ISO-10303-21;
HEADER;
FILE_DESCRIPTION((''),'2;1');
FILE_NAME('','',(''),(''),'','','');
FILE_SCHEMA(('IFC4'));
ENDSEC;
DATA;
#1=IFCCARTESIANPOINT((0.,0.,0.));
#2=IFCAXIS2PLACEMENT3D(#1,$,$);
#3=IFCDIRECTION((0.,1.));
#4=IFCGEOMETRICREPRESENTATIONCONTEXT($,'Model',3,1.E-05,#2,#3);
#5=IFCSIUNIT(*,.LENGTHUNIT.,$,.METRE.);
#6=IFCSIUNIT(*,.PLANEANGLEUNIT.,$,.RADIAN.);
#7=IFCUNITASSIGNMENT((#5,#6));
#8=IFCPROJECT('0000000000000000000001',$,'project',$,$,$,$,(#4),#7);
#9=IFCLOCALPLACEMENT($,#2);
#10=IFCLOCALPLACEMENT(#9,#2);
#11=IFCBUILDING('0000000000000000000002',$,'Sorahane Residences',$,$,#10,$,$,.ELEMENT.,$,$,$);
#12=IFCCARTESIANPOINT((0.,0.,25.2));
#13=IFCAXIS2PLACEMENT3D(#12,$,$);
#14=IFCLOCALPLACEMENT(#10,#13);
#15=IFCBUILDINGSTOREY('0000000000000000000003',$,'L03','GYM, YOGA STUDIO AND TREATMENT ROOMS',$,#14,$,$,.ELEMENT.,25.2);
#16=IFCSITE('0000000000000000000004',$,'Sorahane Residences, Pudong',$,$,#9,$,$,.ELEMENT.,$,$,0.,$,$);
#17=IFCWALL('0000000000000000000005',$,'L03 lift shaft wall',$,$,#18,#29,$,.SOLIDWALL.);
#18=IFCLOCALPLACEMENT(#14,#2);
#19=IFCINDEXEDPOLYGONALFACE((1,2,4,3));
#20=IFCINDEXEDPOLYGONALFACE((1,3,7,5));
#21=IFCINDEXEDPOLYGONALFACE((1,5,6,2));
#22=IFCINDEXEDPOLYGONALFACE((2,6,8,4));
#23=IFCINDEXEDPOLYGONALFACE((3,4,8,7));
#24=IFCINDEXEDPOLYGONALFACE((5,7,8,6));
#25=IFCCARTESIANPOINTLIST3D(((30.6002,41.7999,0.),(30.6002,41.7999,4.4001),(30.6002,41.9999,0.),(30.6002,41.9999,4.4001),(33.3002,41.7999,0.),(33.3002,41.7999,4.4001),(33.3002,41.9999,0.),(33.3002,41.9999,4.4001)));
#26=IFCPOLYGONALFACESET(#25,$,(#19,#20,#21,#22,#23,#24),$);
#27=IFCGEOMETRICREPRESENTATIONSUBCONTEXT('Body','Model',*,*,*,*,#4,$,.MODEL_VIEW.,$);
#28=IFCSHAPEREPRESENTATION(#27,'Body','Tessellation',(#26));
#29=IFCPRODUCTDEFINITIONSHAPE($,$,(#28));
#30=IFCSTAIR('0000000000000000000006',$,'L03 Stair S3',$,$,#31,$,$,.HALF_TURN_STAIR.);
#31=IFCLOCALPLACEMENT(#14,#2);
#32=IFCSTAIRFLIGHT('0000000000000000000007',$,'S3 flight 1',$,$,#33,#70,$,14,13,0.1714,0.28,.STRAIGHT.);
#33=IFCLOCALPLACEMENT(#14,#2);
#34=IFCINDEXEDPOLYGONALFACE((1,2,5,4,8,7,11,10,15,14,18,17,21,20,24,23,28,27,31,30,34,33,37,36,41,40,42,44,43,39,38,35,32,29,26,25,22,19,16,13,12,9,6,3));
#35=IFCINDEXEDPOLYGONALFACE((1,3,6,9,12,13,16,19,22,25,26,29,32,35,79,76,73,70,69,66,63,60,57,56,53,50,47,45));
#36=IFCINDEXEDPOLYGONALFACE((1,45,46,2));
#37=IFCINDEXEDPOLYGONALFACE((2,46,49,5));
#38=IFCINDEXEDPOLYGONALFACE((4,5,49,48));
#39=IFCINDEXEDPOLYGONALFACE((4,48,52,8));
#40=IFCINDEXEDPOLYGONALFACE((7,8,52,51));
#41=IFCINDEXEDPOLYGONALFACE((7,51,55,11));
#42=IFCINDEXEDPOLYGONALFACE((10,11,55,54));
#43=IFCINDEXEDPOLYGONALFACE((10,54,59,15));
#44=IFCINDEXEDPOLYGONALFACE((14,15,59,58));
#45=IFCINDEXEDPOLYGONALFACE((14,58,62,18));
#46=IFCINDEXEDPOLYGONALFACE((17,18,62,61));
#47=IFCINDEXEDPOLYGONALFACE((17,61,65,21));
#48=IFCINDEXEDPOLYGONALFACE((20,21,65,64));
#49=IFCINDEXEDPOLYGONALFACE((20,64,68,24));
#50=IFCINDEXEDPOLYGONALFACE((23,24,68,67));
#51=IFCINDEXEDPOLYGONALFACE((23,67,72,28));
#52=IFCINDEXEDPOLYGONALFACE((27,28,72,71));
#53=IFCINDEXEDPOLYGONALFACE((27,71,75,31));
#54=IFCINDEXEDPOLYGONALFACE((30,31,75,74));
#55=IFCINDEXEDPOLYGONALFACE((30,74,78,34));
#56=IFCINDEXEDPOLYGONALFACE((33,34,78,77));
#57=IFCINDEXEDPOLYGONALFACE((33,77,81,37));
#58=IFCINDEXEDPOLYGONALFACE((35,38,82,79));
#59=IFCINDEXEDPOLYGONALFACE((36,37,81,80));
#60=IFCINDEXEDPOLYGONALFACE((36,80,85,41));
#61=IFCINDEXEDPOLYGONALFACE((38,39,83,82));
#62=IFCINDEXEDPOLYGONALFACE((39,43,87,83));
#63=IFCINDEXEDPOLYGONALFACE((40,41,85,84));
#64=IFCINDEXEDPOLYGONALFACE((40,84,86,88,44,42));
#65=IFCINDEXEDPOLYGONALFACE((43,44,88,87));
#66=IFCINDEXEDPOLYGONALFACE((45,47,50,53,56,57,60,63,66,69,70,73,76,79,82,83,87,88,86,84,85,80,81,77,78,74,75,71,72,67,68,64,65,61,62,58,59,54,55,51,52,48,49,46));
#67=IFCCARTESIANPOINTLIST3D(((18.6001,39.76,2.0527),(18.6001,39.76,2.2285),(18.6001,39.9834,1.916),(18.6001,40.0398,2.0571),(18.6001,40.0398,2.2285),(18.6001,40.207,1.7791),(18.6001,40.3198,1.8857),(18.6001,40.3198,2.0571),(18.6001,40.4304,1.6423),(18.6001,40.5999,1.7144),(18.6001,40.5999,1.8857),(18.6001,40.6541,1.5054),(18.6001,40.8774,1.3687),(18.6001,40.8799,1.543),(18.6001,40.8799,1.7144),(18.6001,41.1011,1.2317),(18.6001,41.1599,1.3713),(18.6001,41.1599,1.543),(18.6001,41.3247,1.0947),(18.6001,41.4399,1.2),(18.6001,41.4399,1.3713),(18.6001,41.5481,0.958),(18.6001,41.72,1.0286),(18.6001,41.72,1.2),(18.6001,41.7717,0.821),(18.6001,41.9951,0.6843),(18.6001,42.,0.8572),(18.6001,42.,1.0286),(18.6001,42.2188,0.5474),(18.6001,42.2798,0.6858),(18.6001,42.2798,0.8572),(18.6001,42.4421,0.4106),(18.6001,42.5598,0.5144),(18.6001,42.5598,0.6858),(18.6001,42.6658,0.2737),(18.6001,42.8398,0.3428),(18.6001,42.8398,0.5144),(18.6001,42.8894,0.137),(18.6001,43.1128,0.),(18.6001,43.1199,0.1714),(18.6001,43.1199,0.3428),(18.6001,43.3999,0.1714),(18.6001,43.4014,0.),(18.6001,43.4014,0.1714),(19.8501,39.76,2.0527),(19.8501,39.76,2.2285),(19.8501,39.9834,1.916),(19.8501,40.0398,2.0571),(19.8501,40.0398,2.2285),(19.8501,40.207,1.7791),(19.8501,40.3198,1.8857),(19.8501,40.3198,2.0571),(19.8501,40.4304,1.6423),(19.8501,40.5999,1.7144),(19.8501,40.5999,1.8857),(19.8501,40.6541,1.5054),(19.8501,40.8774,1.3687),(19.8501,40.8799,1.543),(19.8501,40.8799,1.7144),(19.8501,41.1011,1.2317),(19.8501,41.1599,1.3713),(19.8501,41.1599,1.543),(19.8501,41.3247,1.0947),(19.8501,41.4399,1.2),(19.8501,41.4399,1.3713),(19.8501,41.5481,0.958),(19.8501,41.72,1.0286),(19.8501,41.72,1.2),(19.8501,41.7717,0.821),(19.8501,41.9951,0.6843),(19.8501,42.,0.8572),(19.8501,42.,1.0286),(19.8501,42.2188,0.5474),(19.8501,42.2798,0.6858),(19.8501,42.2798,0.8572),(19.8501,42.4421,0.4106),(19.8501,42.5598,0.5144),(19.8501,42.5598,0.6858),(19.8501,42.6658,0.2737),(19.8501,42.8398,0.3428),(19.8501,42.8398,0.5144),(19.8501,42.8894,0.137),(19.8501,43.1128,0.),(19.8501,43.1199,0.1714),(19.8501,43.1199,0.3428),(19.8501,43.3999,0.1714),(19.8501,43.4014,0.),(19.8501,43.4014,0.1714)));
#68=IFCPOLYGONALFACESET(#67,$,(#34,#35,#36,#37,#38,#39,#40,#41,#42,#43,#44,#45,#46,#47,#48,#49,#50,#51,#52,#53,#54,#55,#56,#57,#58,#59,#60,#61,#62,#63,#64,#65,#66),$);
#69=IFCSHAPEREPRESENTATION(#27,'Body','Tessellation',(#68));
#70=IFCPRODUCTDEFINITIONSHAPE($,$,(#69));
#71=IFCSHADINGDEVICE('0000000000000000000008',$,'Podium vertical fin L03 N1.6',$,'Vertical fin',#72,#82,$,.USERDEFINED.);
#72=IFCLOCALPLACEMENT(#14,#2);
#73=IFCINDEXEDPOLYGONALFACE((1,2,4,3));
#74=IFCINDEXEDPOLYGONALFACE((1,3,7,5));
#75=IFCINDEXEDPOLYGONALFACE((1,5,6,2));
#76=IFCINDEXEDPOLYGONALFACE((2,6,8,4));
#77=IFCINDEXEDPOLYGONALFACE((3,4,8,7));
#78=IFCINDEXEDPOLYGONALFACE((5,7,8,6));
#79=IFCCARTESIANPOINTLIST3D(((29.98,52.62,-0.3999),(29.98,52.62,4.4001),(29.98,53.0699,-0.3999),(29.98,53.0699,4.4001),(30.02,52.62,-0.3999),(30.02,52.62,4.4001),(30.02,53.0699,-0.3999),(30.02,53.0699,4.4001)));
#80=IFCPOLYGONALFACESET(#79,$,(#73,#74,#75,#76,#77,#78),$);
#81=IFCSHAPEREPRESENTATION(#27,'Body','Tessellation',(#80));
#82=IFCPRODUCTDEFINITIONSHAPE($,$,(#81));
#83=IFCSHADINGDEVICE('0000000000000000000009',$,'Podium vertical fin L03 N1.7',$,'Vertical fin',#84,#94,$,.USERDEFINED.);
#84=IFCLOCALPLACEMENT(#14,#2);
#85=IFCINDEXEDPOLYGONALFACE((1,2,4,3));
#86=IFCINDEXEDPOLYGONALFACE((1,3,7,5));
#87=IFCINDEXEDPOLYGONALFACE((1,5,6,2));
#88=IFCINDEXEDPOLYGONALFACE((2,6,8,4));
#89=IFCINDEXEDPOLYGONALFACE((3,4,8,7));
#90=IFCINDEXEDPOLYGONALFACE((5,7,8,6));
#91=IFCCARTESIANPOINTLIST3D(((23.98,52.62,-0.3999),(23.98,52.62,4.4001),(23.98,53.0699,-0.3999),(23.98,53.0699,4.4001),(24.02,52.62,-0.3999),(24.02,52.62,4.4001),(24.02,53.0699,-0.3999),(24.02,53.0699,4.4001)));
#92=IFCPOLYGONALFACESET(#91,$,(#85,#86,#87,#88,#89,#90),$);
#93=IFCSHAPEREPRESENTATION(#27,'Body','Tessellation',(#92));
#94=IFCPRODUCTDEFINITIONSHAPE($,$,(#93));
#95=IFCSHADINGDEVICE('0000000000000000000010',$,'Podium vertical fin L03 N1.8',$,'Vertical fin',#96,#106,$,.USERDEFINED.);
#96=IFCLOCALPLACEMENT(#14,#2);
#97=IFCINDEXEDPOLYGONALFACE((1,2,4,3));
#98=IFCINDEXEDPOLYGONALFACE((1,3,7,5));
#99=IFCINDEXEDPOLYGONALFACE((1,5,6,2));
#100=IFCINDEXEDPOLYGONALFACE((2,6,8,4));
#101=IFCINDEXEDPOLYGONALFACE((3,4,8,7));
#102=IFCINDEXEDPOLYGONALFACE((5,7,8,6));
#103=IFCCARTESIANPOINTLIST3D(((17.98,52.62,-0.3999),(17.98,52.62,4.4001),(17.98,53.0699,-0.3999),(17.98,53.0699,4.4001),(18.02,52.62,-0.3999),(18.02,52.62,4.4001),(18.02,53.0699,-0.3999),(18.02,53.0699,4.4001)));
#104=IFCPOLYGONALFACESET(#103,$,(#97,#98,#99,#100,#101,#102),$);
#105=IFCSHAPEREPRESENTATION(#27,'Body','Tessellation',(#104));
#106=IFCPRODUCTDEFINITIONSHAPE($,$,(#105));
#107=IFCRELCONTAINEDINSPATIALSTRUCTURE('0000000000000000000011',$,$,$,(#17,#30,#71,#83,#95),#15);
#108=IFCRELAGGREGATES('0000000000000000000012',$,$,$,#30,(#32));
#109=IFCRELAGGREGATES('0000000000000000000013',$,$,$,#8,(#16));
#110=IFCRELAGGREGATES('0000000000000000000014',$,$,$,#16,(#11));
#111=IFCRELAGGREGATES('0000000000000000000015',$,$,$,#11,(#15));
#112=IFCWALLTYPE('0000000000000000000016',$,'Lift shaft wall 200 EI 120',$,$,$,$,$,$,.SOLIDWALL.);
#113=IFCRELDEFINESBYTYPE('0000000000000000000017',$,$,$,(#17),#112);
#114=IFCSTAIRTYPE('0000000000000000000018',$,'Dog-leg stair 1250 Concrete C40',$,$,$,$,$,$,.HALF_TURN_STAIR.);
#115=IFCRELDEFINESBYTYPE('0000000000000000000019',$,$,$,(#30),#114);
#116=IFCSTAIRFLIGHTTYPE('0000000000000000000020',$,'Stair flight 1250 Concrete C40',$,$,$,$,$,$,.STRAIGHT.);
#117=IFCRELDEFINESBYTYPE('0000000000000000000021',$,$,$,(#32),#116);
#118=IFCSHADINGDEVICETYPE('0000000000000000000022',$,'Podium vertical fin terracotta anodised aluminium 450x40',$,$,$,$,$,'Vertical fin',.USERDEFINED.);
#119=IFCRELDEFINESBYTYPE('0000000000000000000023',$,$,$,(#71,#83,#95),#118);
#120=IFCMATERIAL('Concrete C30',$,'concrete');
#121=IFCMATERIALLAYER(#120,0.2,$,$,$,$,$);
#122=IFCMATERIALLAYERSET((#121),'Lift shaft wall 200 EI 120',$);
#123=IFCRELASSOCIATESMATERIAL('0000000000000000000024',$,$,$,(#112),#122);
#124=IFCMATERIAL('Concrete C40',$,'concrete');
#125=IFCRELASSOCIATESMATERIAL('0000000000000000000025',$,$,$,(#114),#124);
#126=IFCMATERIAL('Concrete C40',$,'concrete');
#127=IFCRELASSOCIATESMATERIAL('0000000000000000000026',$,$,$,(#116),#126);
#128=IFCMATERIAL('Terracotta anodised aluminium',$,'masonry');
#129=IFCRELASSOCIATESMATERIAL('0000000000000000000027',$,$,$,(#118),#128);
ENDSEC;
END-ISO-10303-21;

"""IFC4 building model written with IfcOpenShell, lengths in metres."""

from ifc_helpers import new_model, si_unit, direction, frame, frame_2d, origin, origin_2d, place, context, subcontext, project, spatial, polyline, rectangle, outline, extrude, material, layer, layer_set, material_profile, profile_set, type_object, element, aggregate, save


model = new_model("IFC4")

# Units and contexts
model_context = context("Model", 3, precision=1e-05, world=origin(), true_north=direction((0.0, 1.0)))
body_context = subcontext(model_context, "Body", "Model", "MODEL_VIEW")
ifc_project = project(units=[si_unit("LENGTHUNIT", "METRE"), si_unit("PLANEANGLEUNIT", "RADIAN")], contexts=[model_context])

# Site, building, storey
site_placement = place(None, origin())
site = spatial("IfcSite", under=ifc_project, at=site_placement, Name="Sorahane Residences, Pudong", CompositionType="ELEMENT", RefElevation=0.0)
building_placement = place(site_placement, origin())
building = spatial("IfcBuilding", under=site, at=building_placement, Name="Sorahane Residences", CompositionType="ELEMENT")
storey_placement = place(building_placement, frame((0.0, 0.0, 25.2)))
storey = spatial("IfcBuildingStorey", under=building, at=storey_placement, Name="L03", Description="GYM, YOGA STUDIO AND TREATMENT ROOMS", CompositionType="ELEMENT", Elevation=25.2)

# Wall
ifc_material_1 = material(Name="Concrete C30", Category="concrete")
ifc_layer_1 = layer(ifc_material_1, 0.2)
ifc_layer_set_1 = layer_set([ifc_layer_1], Name="Lift shaft wall 200 EI 120")
wall_type = type_object("IfcWallType", Name="Lift shaft wall 200 EI 120", PredefinedType="SOLIDWALL", material=ifc_layer_set_1)
wall_placement = place(storey_placement, frame((30.6001, 41.8999, 0.0), z_axis=(0.0, 0.0, 1.0), x_axis=(1.0, 0.0, 0.0)))
element("IfcWall", 1, at=wall_placement, inside=storey, type_object=wall_type, Name="L03 lift shaft wall", PredefinedType="SOLIDWALL", context=body_context, shape_type="SweptSolid", body=[
    extrude(rectangle(XDim=2.7, YDim=0.2, at=frame_2d((1.3501, 0.0))), origin(), (0.0, 0.0, 1.0), 4.4001),
])

# Stair, stair flight
ifc_material_2 = material(Name="Concrete C40", Category="concrete")
stair_type = type_object("IfcStairType", Name="Dog-leg stair 1250 Concrete C40", PredefinedType="HALF_TURN_STAIR", material=ifc_material_2)
stair_placement = place(storey_placement, origin())
stair = element("IfcStair", 2, at=stair_placement, inside=storey, type_object=stair_type, Name="L03 Stair S3", PredefinedType="HALF_TURN_STAIR")
ifc_material_3 = material(Name="Concrete C40", Category="concrete")
stair_flight_type = type_object("IfcStairFlightType", Name="Stair flight 1250 Concrete C40", PredefinedType="STRAIGHT", material=ifc_material_3)
stair_flight_placement = place(storey_placement, frame((19.2251, 43.3999, 0.0), z_axis=(0.0, 0.0, 1.0), x_axis=(0.0, -1.0, 0.0)))
stair_flight = element("IfcStairFlight", 3, at=stair_flight_placement, type_object=stair_flight_type, Name="S3 flight 1", NumberOfRisers=14, NumberOfTreads=13, PredefinedType="STRAIGHT", RiserHeight=0.1714, TreadLength=0.28, context=body_context, shape_type="SweptSolid", body=[
    extrude(outline(polyline([(-0.0015, 0.0), (-0.0015, 0.1714), (0.0, 0.1714), (0.28, 0.1714), (0.28, 0.3428), (0.5601, 0.3428), (0.5601, 0.5144), (0.8401, 0.5144), (0.8401, 0.6858), (1.1201, 0.6858), (1.1201, 0.8572), (1.3999, 0.8572), (1.3999, 1.0286), (1.6799, 1.0286), (1.6799, 1.2), (1.96, 1.2), (1.96, 1.3713), (2.24, 1.3713), (2.24, 1.543), (2.52, 1.543), (2.52, 1.7144), (2.8, 1.7144), (2.8, 1.8857), (3.0801, 1.8857), (3.0801, 2.0571), (3.3601, 2.0571), (3.3601, 2.2285), (3.6399, 2.2285), (3.6399, 2.3999), (3.6399, 2.0527), (3.4165, 1.916), (3.1929, 1.7791), (2.9695, 1.6423), (2.7458, 1.5054), (2.5225, 1.3687), (2.2988, 1.2317), (2.0752, 1.0947), (1.8518, 0.958), (1.6282, 0.821), (1.4048, 0.6843), (1.1812, 0.5474), (0.9578, 0.4106), (0.7341, 0.2737), (0.5105, 0.137), (0.2871, 0.0), (-0.0015, 0.0)])), frame((0.0, 0.625, 0.0), z_axis=(0.0, -1.0, 0.0), x_axis=(1.0, 0.0, 0.0)), (0.0, 0.0, 1.0), 1.25),
])
aggregate(stair, [stair_flight])

# Shading devices
ifc_material_4 = material(Name="Terracotta anodised aluminium", Category="masonry")
ifc_material_profile_1 = material_profile(ifc_material_4, rectangle(XDim=0.45, YDim=0.04, at=origin_2d()), Name="Podium vertical fin terracotta anodised aluminium 450x40")
ifc_profile_set_1 = profile_set([ifc_material_profile_1], Name="Terracotta anodised aluminium")
shading_device_type = type_object("IfcShadingDeviceType", Name="Podium vertical fin terracotta anodised aluminium 450x40", ElementType="Vertical fin", PredefinedType="USERDEFINED", material=ifc_profile_set_1)
for number, where, z_axis, x_axis, name in (
    (4, (30.0, 52.845, -0.3999), (0.0, 0.0, 1.0), (0.0, 1.0, 0.0), "Podium vertical fin L03 N1.6"),
    (5, (24.0, 52.845, -0.3999), (0.0, 0.0, 1.0), (0.0, 1.0, 0.0), "Podium vertical fin L03 N1.7"),
    (6, (18.0, 52.845, -0.3999), (0.0, 0.0, 1.0), (0.0, 1.0, 0.0), "Podium vertical fin L03 N1.8"),
):
    element("IfcShadingDevice", number, at=place(storey_placement, frame(where, z_axis=z_axis, x_axis=x_axis)), inside=storey, type_object=shading_device_type, Name=name, ObjectType="Vertical fin", PredefinedType="USERDEFINED", context=body_context, shape_type="SweptSolid", body=[
        extrude(rectangle(XDim=0.45, YDim=0.04, at=origin_2d()), origin(), (0.0, 0.0, 1.0), 4.8),
    ])

save(model, "model.ifc")
